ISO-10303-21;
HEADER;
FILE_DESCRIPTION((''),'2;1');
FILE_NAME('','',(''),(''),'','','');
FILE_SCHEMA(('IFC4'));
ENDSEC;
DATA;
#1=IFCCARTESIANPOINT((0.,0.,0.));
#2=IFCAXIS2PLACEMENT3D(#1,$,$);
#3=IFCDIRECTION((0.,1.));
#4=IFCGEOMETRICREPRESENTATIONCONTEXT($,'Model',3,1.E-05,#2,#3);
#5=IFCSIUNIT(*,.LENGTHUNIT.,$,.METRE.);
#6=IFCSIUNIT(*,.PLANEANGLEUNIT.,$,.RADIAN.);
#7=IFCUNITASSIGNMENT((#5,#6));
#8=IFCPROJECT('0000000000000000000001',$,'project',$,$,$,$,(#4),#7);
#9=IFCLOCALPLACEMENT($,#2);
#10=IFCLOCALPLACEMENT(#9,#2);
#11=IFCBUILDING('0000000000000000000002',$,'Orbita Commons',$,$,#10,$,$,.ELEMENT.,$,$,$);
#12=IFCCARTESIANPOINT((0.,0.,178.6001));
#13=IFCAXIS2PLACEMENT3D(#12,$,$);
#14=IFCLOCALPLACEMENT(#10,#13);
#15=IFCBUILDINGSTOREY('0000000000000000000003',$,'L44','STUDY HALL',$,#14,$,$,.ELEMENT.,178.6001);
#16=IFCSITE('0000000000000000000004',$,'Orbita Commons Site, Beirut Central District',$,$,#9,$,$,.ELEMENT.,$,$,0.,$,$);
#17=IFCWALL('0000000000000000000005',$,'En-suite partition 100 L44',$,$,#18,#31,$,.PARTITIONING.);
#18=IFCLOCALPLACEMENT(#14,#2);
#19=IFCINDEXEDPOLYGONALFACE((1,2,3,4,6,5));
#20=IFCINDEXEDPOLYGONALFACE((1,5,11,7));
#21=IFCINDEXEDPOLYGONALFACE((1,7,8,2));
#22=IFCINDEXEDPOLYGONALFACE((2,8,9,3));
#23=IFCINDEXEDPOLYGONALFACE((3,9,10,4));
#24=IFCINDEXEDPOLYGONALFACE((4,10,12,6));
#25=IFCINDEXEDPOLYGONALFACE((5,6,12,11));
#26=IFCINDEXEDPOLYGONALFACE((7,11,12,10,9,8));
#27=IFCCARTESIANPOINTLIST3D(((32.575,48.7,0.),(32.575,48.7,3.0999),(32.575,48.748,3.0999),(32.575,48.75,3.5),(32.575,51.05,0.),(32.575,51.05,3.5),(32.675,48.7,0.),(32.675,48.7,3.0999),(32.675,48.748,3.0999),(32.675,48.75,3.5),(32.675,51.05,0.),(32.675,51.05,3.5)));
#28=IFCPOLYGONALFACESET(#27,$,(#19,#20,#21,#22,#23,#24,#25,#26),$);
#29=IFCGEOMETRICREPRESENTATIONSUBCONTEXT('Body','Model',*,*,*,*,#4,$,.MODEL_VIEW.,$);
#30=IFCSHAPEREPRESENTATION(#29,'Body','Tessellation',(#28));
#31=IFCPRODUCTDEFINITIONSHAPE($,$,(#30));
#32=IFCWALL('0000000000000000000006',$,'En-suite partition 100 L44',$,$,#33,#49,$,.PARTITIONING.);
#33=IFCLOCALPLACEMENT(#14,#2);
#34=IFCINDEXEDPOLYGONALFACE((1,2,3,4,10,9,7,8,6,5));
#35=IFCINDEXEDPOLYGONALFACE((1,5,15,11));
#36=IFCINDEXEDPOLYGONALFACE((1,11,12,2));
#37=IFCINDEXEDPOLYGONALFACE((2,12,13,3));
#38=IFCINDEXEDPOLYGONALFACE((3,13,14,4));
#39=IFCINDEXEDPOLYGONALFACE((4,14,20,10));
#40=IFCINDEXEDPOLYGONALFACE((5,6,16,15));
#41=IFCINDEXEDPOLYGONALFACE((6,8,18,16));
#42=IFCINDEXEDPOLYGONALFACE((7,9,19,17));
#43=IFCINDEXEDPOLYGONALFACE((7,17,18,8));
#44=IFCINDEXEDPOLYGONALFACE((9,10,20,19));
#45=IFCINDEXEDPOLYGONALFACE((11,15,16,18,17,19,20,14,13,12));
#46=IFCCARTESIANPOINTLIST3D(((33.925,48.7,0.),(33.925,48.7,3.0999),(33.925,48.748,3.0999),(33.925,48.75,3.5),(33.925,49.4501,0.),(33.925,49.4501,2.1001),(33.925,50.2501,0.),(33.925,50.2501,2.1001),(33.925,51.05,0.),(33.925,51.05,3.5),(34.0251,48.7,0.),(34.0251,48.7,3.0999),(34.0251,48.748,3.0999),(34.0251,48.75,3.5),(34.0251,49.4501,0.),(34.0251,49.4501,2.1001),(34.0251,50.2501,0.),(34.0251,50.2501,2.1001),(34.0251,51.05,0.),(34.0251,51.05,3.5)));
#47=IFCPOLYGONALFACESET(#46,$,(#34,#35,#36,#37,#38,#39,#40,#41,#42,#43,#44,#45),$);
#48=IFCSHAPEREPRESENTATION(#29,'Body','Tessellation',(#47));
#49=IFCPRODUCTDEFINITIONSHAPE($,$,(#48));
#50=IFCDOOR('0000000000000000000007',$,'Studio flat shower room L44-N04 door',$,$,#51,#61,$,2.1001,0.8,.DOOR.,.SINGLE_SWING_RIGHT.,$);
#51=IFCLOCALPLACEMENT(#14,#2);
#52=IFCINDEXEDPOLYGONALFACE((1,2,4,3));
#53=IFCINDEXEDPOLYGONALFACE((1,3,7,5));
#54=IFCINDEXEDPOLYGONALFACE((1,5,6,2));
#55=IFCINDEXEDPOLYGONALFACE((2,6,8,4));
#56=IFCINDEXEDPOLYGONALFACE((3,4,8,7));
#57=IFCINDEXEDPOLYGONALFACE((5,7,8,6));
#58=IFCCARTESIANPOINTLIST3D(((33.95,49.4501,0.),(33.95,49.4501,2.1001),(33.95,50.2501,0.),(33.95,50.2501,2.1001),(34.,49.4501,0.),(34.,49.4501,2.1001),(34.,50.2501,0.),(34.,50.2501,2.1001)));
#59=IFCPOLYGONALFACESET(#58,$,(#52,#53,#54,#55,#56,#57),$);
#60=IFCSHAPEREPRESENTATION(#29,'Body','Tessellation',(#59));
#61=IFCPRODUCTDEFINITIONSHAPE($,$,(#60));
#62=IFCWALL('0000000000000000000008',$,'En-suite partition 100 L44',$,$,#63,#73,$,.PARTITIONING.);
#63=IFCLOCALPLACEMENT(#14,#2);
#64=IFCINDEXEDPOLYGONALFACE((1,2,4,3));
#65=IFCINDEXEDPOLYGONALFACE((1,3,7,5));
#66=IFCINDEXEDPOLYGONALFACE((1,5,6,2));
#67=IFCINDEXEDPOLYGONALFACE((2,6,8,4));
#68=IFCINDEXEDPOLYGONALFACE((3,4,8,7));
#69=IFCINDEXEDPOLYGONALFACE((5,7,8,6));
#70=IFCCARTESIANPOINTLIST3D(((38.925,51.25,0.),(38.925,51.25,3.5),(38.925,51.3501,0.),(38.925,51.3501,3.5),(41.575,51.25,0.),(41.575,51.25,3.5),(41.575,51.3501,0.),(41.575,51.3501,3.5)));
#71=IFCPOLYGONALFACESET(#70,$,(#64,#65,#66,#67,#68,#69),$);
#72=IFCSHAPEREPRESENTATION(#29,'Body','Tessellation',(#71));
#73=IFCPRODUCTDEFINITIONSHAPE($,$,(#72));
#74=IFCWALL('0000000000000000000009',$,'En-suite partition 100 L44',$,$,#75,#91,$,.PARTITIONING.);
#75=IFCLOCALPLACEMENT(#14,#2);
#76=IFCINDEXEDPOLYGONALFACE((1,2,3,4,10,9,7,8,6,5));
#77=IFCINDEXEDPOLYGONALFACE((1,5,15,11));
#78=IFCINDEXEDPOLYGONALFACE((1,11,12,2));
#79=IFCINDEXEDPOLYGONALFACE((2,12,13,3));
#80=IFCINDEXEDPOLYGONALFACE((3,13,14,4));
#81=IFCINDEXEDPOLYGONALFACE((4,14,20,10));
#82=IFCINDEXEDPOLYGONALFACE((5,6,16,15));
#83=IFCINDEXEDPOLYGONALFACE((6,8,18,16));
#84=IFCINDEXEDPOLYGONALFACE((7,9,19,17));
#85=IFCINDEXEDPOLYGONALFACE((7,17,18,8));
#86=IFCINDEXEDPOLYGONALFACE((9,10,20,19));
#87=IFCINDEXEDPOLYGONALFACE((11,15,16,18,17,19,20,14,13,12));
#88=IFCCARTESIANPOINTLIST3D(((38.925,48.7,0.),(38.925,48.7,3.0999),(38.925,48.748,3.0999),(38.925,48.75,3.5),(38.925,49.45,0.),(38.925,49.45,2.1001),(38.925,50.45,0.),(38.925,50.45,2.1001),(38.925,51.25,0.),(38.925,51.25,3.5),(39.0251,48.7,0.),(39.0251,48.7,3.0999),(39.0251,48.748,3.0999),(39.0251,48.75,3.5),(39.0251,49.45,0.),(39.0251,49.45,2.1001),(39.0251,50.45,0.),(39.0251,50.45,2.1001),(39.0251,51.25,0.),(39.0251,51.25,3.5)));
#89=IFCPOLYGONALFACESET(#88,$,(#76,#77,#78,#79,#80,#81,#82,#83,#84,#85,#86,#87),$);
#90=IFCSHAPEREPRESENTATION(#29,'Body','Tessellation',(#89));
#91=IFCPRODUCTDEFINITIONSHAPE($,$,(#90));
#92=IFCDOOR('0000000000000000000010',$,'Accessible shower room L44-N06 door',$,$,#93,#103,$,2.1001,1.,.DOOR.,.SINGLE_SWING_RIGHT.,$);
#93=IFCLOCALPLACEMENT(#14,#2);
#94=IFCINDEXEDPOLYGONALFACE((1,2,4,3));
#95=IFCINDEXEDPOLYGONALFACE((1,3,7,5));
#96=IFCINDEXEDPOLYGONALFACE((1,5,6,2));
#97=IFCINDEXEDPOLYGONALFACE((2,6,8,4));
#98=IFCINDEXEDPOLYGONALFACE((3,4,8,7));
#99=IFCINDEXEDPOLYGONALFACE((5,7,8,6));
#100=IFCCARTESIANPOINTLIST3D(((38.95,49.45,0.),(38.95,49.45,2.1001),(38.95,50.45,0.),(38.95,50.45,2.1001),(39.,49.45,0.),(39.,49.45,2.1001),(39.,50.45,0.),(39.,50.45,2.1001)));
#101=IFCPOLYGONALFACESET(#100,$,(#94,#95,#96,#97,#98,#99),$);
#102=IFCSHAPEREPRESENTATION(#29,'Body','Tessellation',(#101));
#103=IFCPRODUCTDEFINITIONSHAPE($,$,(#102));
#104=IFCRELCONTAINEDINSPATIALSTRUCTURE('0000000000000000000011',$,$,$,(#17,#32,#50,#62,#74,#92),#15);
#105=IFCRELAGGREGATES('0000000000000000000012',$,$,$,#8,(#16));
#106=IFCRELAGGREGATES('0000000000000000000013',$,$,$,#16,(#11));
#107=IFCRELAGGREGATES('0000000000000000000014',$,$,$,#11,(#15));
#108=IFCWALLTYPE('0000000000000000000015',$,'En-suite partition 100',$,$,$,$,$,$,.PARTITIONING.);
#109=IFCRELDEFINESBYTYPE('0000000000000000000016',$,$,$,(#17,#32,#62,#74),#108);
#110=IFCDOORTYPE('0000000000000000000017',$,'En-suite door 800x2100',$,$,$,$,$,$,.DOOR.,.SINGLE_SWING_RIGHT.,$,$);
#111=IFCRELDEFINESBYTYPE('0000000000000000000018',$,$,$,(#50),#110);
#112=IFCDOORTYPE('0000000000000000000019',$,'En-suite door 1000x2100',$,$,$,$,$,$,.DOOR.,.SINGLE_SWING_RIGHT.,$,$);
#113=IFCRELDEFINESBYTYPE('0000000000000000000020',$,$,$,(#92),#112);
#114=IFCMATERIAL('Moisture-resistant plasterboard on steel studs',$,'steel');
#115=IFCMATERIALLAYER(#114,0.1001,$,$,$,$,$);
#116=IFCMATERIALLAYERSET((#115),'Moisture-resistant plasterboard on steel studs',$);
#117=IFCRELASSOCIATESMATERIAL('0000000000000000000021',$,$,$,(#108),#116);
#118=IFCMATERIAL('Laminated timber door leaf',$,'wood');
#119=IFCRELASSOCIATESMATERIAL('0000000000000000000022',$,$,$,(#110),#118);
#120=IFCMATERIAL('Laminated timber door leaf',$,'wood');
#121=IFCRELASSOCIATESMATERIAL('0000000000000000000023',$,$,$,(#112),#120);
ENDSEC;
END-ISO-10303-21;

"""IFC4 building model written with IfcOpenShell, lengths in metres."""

from ifc_helpers import new_model, si_unit, direction, frame, frame_2d, origin, place, context, subcontext, project, spatial, polyline, rectangle, outline, extrude, material, layer, layer_set, type_object, element, fill, save


model = new_model("IFC4")

# Units and contexts
model_context = context("Model", 3, precision=1e-05, world=origin(), true_north=direction((0.0, 1.0)))
body_context = subcontext(model_context, "Body", "Model", "MODEL_VIEW")
ifc_project = project(units=[si_unit("LENGTHUNIT", "METRE"), si_unit("PLANEANGLEUNIT", "RADIAN")], contexts=[model_context])

# Site, building, storey
site_placement = place(None, origin())
site = spatial("IfcSite", under=ifc_project, at=site_placement, Name="Orbita Commons Site, Beirut Central District", CompositionType="ELEMENT", RefElevation=0.0)
building_placement = place(site_placement, origin())
building = spatial("IfcBuilding", under=site, at=building_placement, Name="Orbita Commons", CompositionType="ELEMENT")
storey_placement = place(building_placement, frame((0.0, 0.0, 178.6001)))
storey = spatial("IfcBuildingStorey", under=building, at=storey_placement, Name="L44", Description="STUDY HALL", CompositionType="ELEMENT", Elevation=178.6001)

# Wall
ifc_material_1 = material(Name="Moisture-resistant plasterboard on steel studs", Category="steel")
ifc_layer_1 = layer(ifc_material_1, 0.1001)
ifc_layer_set_1 = layer_set([ifc_layer_1], Name="Moisture-resistant plasterboard on steel studs")
wall_type_1 = type_object("IfcWallType", Name="En-suite partition 100", PredefinedType="PARTITIONING", material=ifc_layer_set_1)
wall_1_placement = place(storey_placement, frame((32.625, 51.05, 0.0), z_axis=(0.0, 0.0, 1.0), x_axis=(0.0, -1.0, 0.0)))
element("IfcWall", 1, at=wall_1_placement, inside=storey, type_object=wall_type_1, Name="En-suite partition 100 L44", PredefinedType="PARTITIONING", context=body_context, shape_type="SweptSolid", body=[
    extrude(outline(polyline([(0.0, 0.0), (2.3501, 0.0), (2.3501, 3.0999), (2.302, 3.0999), (2.3, 3.5), (0.0, 3.5), (0.0, 0.0)])), frame((0.0, 0.05, 0.0), z_axis=(0.0, -1.0, 0.0), x_axis=(1.0, 0.0, 0.0)), (0.0, 0.0, 1.0), 0.1001),
])

# Wall, opening, door
wall_2_placement = place(storey_placement, frame((33.9751, 51.05, 0.0), z_axis=(0.0, 0.0, 1.0), x_axis=(0.0, -1.0, 0.0)))
wall_2 = element("IfcWall", 2, at=wall_2_placement, inside=storey, type_object=wall_type_1, Name="En-suite partition 100 L44", PredefinedType="PARTITIONING", context=body_context, shape_type="SweptSolid", body=[
    extrude(outline(polyline([(0.0, 0.0), (2.3501, 0.0), (2.3501, 3.0999), (2.302, 3.0999), (2.3, 3.5), (0.0, 3.5), (0.0, 0.0)])), frame((0.0, 0.05, 0.0), z_axis=(0.0, -1.0, 0.0), x_axis=(1.0, 0.0, 0.0)), (0.0, 0.0, 1.0), 0.1001),
])
opening_1_placement = place(wall_2_placement, frame((0.8, 0.0, 0.0)))
opening_1 = element("IfcOpeningElement", 3, at=opening_1_placement, cuts=wall_2, PredefinedType="OPENING", context=body_context, shape_type="SweptSolid", body=[
    extrude(rectangle(XDim=0.8, YDim=2.1001, at=frame_2d((0.3999, 1.05))), frame((0.0, 0.0601, 0.0), z_axis=(0.0, -1.0, 0.0), x_axis=(1.0, 0.0, 0.0)), (0.0, 0.0, 1.0), 0.1201),
])
ifc_material_2 = material(Name="Laminated timber door leaf", Category="wood")
door_type_1 = type_object("IfcDoorType", Name="En-suite door 800x2100", OperationType="SINGLE_SWING_RIGHT", PredefinedType="DOOR", material=ifc_material_2)
door_1_placement = place(opening_1_placement, origin())
door_1 = element("IfcDoor", 4, at=door_1_placement, inside=storey, type_object=door_type_1, Name="Studio flat shower room L44-N04 door", OperationType="SINGLE_SWING_RIGHT", OverallHeight=2.1001, OverallWidth=0.8, PredefinedType="DOOR", context=body_context, shape_type="SweptSolid", body=[
    extrude(rectangle(XDim=0.8, YDim=2.1001, at=frame_2d((0.3999, 1.05))), frame((0.0, 0.0249, 0.0), z_axis=(0.0, -1.0, 0.0), x_axis=(1.0, 0.0, 0.0)), (0.0, 0.0, 1.0), 0.05),
])
fill(opening_1, door_1)

# Wall
wall_3_placement = place(storey_placement, frame((38.925, 51.3, 0.0), z_axis=(0.0, 0.0, 1.0), x_axis=(1.0, 0.0, 0.0)))
element("IfcWall", 5, at=wall_3_placement, inside=storey, type_object=wall_type_1, Name="En-suite partition 100 L44", PredefinedType="PARTITIONING", context=body_context, shape_type="SweptSolid", body=[
    extrude(rectangle(XDim=2.6499, YDim=0.1001, at=frame_2d((1.325, 0.0))), origin(), (0.0, 0.0, 1.0), 3.5),
])

# Wall, opening, door
wall_4_placement = place(storey_placement, frame((38.9751, 51.25, 0.0), z_axis=(0.0, 0.0, 1.0), x_axis=(0.0, -1.0, 0.0)))
wall_4 = element("IfcWall", 6, at=wall_4_placement, inside=storey, type_object=wall_type_1, Name="En-suite partition 100 L44", PredefinedType="PARTITIONING", context=body_context, shape_type="SweptSolid", body=[
    extrude(outline(polyline([(0.0, 0.0), (2.55, 0.0), (2.55, 3.0999), (2.502, 3.0999), (2.5, 3.5), (0.0, 3.5), (0.0, 0.0)])), frame((0.0, 0.05, 0.0), z_axis=(0.0, -1.0, 0.0), x_axis=(1.0, 0.0, 0.0)), (0.0, 0.0, 1.0), 0.1001),
])
opening_2_placement = place(wall_4_placement, frame((0.8, 0.0, 0.0)))
opening_2 = element("IfcOpeningElement", 7, at=opening_2_placement, cuts=wall_4, PredefinedType="OPENING", context=body_context, shape_type="SweptSolid", body=[
    extrude(rectangle(XDim=1.0, YDim=2.1001, at=frame_2d((0.5, 1.05))), frame((0.0, 0.0601, 0.0), z_axis=(0.0, -1.0, 0.0), x_axis=(1.0, 0.0, 0.0)), (0.0, 0.0, 1.0), 0.1201),
])
ifc_material_3 = material(Name="Laminated timber door leaf", Category="wood")
door_type_2 = type_object("IfcDoorType", Name="En-suite door 1000x2100", OperationType="SINGLE_SWING_RIGHT", PredefinedType="DOOR", material=ifc_material_3)
door_2_placement = place(opening_2_placement, origin())
door_2 = element("IfcDoor", 8, at=door_2_placement, inside=storey, type_object=door_type_2, Name="Accessible shower room L44-N06 door", OperationType="SINGLE_SWING_RIGHT", OverallHeight=2.1001, OverallWidth=1.0, PredefinedType="DOOR", context=body_context, shape_type="SweptSolid", body=[
    extrude(rectangle(XDim=1.0, YDim=2.1001, at=frame_2d((0.5, 1.05))), frame((0.0, 0.0249, 0.0), z_axis=(0.0, -1.0, 0.0), x_axis=(1.0, 0.0, 0.0)), (0.0, 0.0, 1.0), 0.05),
])
fill(opening_2, door_2)

save(model, "model.ifc")
